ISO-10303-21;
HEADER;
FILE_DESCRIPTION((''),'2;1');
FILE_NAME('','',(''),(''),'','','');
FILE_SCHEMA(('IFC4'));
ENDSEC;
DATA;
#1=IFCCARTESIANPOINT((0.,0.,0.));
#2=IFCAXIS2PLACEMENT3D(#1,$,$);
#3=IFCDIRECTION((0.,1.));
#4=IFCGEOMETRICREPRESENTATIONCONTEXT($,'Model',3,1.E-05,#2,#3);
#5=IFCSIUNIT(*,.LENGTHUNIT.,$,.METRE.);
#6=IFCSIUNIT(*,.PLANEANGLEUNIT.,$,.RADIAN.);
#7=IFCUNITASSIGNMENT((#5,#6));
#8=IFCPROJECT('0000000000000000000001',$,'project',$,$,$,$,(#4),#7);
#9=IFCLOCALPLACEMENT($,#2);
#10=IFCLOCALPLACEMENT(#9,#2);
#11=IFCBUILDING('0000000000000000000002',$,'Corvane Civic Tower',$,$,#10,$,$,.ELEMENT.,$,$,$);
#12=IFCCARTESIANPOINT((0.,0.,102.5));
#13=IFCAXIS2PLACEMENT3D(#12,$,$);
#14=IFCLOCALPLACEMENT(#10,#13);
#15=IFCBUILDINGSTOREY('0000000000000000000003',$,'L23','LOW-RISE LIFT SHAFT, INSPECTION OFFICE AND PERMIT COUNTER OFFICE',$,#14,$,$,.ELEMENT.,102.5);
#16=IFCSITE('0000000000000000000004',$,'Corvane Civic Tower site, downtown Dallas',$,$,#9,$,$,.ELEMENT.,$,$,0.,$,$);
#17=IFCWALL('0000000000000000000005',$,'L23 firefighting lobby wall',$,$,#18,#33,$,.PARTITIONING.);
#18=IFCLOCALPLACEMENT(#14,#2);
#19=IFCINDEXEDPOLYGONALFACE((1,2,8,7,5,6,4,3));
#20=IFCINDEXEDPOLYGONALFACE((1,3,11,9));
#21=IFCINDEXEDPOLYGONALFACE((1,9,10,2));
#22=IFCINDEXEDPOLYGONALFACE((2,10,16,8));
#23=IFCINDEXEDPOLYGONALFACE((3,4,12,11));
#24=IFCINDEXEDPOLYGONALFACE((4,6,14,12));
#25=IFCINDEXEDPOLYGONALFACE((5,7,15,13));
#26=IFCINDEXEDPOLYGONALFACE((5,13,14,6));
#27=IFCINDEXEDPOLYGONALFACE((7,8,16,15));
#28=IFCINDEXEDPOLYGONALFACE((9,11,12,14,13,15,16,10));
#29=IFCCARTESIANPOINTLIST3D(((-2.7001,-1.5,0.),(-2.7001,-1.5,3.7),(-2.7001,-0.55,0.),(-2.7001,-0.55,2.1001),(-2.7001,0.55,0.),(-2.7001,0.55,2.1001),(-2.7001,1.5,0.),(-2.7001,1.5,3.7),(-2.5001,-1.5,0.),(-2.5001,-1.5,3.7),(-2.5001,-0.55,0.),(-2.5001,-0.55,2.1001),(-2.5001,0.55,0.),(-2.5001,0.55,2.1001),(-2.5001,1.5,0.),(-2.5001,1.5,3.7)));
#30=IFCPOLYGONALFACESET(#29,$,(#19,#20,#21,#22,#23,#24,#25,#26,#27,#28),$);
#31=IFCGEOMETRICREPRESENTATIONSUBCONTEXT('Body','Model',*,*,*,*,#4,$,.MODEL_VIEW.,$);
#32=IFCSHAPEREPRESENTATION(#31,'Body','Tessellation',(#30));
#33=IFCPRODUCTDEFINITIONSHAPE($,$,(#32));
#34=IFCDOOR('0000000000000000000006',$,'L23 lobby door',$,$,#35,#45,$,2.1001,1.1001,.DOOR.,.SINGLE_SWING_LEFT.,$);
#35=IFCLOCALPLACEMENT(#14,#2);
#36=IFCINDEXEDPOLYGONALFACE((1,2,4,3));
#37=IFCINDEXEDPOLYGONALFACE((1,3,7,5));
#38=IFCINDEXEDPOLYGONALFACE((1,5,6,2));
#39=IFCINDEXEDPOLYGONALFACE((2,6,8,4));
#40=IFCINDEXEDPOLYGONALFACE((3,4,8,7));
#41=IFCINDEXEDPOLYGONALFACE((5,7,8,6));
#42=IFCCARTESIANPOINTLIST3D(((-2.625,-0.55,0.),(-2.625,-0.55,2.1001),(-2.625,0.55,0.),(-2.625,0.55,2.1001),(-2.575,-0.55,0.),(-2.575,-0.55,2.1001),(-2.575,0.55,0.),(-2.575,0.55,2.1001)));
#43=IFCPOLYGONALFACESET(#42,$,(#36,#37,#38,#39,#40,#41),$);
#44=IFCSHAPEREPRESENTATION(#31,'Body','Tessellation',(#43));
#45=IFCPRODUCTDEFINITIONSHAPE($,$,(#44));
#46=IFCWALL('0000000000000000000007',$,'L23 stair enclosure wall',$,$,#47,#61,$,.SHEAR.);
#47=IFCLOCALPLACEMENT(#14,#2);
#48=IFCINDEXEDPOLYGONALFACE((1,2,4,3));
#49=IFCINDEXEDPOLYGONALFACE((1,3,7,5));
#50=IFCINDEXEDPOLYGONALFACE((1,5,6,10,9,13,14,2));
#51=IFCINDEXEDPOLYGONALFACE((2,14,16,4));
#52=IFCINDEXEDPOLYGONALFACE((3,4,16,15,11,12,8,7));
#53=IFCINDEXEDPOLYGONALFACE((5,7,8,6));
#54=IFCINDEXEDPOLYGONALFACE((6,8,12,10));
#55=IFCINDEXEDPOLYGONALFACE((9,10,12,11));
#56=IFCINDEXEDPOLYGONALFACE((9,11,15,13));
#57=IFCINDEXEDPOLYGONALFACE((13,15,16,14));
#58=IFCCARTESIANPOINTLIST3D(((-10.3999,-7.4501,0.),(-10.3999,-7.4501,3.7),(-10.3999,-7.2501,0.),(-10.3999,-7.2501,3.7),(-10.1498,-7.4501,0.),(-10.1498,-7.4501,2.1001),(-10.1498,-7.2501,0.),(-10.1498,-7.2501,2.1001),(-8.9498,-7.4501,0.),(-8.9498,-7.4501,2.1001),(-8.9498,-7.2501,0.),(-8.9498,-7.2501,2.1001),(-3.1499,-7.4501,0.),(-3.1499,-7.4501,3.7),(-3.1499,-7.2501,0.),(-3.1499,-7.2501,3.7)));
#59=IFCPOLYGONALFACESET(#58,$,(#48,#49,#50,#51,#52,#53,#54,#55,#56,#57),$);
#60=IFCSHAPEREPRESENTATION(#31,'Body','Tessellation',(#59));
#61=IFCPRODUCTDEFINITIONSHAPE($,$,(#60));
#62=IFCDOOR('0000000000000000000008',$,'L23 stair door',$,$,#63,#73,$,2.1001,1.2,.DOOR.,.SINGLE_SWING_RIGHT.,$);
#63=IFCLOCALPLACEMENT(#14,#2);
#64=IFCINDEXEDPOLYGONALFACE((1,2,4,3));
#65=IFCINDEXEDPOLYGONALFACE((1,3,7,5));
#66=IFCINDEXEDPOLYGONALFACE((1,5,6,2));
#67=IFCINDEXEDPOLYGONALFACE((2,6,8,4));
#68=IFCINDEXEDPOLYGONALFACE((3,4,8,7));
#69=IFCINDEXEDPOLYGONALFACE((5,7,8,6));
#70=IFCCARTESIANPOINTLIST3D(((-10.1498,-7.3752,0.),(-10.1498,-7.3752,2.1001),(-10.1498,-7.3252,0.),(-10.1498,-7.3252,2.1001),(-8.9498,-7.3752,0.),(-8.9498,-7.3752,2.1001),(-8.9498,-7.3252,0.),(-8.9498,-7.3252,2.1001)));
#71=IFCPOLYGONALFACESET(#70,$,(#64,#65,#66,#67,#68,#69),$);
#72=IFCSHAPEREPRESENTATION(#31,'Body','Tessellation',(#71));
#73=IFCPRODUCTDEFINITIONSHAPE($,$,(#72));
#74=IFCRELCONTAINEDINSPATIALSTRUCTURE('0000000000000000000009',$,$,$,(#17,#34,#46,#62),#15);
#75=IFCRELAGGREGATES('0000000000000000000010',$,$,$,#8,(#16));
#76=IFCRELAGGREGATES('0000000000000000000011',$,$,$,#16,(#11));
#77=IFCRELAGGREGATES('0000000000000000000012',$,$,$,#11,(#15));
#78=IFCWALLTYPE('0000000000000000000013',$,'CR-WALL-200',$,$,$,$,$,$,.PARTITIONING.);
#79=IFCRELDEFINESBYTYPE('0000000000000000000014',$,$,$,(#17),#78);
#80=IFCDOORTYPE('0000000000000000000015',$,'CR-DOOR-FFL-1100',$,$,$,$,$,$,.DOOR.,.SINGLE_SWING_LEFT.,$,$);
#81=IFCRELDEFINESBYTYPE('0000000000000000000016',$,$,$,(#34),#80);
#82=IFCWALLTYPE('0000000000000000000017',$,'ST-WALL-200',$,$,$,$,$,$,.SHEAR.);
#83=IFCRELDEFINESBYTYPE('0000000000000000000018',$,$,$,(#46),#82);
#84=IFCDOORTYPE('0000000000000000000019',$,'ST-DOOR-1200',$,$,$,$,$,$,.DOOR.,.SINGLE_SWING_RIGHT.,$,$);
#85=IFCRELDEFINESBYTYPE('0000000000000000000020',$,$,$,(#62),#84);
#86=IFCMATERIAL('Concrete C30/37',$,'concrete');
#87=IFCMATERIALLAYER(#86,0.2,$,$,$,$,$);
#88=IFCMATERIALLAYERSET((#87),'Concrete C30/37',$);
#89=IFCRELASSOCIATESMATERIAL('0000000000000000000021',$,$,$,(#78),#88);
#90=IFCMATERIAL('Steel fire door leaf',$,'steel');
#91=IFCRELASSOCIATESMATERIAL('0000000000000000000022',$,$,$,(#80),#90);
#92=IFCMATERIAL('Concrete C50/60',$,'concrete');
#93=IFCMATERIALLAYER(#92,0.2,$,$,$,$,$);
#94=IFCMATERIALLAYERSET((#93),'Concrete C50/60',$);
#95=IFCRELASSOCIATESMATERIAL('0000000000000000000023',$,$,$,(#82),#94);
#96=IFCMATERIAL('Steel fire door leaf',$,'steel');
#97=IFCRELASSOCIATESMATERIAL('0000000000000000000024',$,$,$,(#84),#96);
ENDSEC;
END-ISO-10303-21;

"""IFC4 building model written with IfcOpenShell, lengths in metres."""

from ifc_helpers import new_model, si_unit, direction, frame, frame_2d, origin, place, context, subcontext, project, spatial, rectangle, extrude, material, layer, layer_set, type_object, element, fill, save


model = new_model("IFC4")

# Units and contexts
model_context = context("Model", 3, precision=1e-05, world=origin(), true_north=direction((0.0, 1.0)))
body_context = subcontext(model_context, "Body", "Model", "MODEL_VIEW")
ifc_project = project(units=[si_unit("LENGTHUNIT", "METRE"), si_unit("PLANEANGLEUNIT", "RADIAN")], contexts=[model_context])

# Site, building, storey
site_placement = place(None, origin())
site = spatial("IfcSite", under=ifc_project, at=site_placement, Name="Corvane Civic Tower site, downtown Dallas", CompositionType="ELEMENT", RefElevation=0.0)
building_placement = place(site_placement, origin())
building = spatial("IfcBuilding", under=site, at=building_placement, Name="Corvane Civic Tower", CompositionType="ELEMENT")
storey_placement = place(building_placement, frame((0.0, 0.0, 102.5)))
storey = spatial("IfcBuildingStorey", under=building, at=storey_placement, Name="L23", Description="LOW-RISE LIFT SHAFT, INSPECTION OFFICE AND PERMIT COUNTER OFFICE", CompositionType="ELEMENT", Elevation=102.5)

# Shared definitions
ifc_material_1 = material(Name="Concrete C30/37", Category="concrete")
ifc_layer_1 = layer(ifc_material_1, 0.2)
ifc_layer_set_1 = layer_set([ifc_layer_1], Name="Concrete C30/37")
wall_type_1 = type_object("IfcWallType", Name="CR-WALL-200", PredefinedType="PARTITIONING", material=ifc_layer_set_1)

# Walls, openings, doors
ifc_material_2 = material(Name="Steel fire door leaf", Category="steel")
door_type_1 = type_object("IfcDoorType", Name="CR-DOOR-FFL-1100", OperationType="SINGLE_SWING_LEFT", PredefinedType="DOOR", material=ifc_material_2)
wall_1_placement = place(storey_placement, frame((-2.6001, -1.5, 0.0), z_axis=(0.0, 0.0, 1.0), x_axis=(0.0, 1.0, 0.0)))
wall_1 = element("IfcWall", 1, at=wall_1_placement, inside=storey, type_object=wall_type_1, Name="L23 firefighting lobby wall", PredefinedType="PARTITIONING", context=body_context, shape_type="SweptSolid", body=[
    extrude(rectangle(XDim=3.0, YDim=0.2, at=frame_2d((1.5, 0.0))), origin(), (0.0, 0.0, 1.0), 3.7),
])
opening_1_placement = place(wall_1_placement, frame((0.95, 0.0, 0.0)))
opening_1 = element("IfcOpeningElement", 2, at=opening_1_placement, cuts=wall_1, PredefinedType="OPENING", context=body_context, shape_type="SweptSolid", body=[
    extrude(rectangle(XDim=1.1001, YDim=2.1001, at=frame_2d((0.55, 1.05))), frame((0.0, 0.1099, 0.0), z_axis=(0.0, -1.0, 0.0), x_axis=(1.0, 0.0, 0.0)), (0.0, 0.0, 1.0), 0.22),
])
door_1_placement = place(opening_1_placement, origin())
door_1 = element("IfcDoor", 3, at=door_1_placement, inside=storey, type_object=door_type_1, Name="L23 lobby door", OperationType="SINGLE_SWING_LEFT", OverallHeight=2.1001, OverallWidth=1.1001, PredefinedType="DOOR", context=body_context, shape_type="SweptSolid", body=[
    extrude(rectangle(XDim=1.1001, YDim=2.1001, at=frame_2d((0.55, 1.05))), frame((0.0, 0.0249, 0.0), z_axis=(0.0, -1.0, 0.0), x_axis=(1.0, 0.0, 0.0)), (0.0, 0.0, 1.0), 0.05),
])
fill(opening_1, door_1)
ifc_material_3 = material(Name="Concrete C50/60", Category="concrete")
ifc_layer_2 = layer(ifc_material_3, 0.2)
ifc_layer_set_2 = layer_set([ifc_layer_2], Name="Concrete C50/60")
wall_type_2 = type_object("IfcWallType", Name="ST-WALL-200", PredefinedType="SHEAR", material=ifc_layer_set_2)
wall_2_placement = place(storey_placement, frame((-10.3999, -7.3501, 0.0), z_axis=(0.0, 0.0, 1.0), x_axis=(1.0, 0.0, 0.0)))
wall_2 = element("IfcWall", 4, at=wall_2_placement, inside=storey, type_object=wall_type_2, Name="L23 stair enclosure wall", PredefinedType="SHEAR", context=body_context, shape_type="SweptSolid", body=[
    extrude(rectangle(XDim=7.25, YDim=0.2, at=frame_2d((3.625, 0.0))), origin(), (0.0, 0.0, 1.0), 3.7),
])
opening_2_placement = place(wall_2_placement, frame((0.25, 0.0, 0.0)))
opening_2 = element("IfcOpeningElement", 5, at=opening_2_placement, cuts=wall_2, PredefinedType="OPENING", context=body_context, shape_type="SweptSolid", body=[
    extrude(rectangle(XDim=1.2, YDim=2.1001, at=frame_2d((0.6001, 1.05))), frame((0.0, 0.1099, 0.0), z_axis=(0.0, -1.0, 0.0), x_axis=(1.0, 0.0, 0.0)), (0.0, 0.0, 1.0), 0.22),
])
ifc_material_4 = material(Name="Steel fire door leaf", Category="steel")
door_type_2 = type_object("IfcDoorType", Name="ST-DOOR-1200", OperationType="SINGLE_SWING_RIGHT", PredefinedType="DOOR", material=ifc_material_4)
door_2_placement = place(opening_2_placement, origin())
door_2 = element("IfcDoor", 6, at=door_2_placement, inside=storey, type_object=door_type_2, Name="L23 stair door", OperationType="SINGLE_SWING_RIGHT", OverallHeight=2.1001, OverallWidth=1.2, PredefinedType="DOOR", context=body_context, shape_type="SweptSolid", body=[
    extrude(rectangle(XDim=1.2, YDim=2.1001, at=frame_2d((0.6001, 1.05))), frame((0.0, 0.0249, 0.0), z_axis=(0.0, -1.0, 0.0), x_axis=(1.0, 0.0, 0.0)), (0.0, 0.0, 1.0), 0.05),
])
fill(opening_2, door_2)

save(model, "model.ifc")
